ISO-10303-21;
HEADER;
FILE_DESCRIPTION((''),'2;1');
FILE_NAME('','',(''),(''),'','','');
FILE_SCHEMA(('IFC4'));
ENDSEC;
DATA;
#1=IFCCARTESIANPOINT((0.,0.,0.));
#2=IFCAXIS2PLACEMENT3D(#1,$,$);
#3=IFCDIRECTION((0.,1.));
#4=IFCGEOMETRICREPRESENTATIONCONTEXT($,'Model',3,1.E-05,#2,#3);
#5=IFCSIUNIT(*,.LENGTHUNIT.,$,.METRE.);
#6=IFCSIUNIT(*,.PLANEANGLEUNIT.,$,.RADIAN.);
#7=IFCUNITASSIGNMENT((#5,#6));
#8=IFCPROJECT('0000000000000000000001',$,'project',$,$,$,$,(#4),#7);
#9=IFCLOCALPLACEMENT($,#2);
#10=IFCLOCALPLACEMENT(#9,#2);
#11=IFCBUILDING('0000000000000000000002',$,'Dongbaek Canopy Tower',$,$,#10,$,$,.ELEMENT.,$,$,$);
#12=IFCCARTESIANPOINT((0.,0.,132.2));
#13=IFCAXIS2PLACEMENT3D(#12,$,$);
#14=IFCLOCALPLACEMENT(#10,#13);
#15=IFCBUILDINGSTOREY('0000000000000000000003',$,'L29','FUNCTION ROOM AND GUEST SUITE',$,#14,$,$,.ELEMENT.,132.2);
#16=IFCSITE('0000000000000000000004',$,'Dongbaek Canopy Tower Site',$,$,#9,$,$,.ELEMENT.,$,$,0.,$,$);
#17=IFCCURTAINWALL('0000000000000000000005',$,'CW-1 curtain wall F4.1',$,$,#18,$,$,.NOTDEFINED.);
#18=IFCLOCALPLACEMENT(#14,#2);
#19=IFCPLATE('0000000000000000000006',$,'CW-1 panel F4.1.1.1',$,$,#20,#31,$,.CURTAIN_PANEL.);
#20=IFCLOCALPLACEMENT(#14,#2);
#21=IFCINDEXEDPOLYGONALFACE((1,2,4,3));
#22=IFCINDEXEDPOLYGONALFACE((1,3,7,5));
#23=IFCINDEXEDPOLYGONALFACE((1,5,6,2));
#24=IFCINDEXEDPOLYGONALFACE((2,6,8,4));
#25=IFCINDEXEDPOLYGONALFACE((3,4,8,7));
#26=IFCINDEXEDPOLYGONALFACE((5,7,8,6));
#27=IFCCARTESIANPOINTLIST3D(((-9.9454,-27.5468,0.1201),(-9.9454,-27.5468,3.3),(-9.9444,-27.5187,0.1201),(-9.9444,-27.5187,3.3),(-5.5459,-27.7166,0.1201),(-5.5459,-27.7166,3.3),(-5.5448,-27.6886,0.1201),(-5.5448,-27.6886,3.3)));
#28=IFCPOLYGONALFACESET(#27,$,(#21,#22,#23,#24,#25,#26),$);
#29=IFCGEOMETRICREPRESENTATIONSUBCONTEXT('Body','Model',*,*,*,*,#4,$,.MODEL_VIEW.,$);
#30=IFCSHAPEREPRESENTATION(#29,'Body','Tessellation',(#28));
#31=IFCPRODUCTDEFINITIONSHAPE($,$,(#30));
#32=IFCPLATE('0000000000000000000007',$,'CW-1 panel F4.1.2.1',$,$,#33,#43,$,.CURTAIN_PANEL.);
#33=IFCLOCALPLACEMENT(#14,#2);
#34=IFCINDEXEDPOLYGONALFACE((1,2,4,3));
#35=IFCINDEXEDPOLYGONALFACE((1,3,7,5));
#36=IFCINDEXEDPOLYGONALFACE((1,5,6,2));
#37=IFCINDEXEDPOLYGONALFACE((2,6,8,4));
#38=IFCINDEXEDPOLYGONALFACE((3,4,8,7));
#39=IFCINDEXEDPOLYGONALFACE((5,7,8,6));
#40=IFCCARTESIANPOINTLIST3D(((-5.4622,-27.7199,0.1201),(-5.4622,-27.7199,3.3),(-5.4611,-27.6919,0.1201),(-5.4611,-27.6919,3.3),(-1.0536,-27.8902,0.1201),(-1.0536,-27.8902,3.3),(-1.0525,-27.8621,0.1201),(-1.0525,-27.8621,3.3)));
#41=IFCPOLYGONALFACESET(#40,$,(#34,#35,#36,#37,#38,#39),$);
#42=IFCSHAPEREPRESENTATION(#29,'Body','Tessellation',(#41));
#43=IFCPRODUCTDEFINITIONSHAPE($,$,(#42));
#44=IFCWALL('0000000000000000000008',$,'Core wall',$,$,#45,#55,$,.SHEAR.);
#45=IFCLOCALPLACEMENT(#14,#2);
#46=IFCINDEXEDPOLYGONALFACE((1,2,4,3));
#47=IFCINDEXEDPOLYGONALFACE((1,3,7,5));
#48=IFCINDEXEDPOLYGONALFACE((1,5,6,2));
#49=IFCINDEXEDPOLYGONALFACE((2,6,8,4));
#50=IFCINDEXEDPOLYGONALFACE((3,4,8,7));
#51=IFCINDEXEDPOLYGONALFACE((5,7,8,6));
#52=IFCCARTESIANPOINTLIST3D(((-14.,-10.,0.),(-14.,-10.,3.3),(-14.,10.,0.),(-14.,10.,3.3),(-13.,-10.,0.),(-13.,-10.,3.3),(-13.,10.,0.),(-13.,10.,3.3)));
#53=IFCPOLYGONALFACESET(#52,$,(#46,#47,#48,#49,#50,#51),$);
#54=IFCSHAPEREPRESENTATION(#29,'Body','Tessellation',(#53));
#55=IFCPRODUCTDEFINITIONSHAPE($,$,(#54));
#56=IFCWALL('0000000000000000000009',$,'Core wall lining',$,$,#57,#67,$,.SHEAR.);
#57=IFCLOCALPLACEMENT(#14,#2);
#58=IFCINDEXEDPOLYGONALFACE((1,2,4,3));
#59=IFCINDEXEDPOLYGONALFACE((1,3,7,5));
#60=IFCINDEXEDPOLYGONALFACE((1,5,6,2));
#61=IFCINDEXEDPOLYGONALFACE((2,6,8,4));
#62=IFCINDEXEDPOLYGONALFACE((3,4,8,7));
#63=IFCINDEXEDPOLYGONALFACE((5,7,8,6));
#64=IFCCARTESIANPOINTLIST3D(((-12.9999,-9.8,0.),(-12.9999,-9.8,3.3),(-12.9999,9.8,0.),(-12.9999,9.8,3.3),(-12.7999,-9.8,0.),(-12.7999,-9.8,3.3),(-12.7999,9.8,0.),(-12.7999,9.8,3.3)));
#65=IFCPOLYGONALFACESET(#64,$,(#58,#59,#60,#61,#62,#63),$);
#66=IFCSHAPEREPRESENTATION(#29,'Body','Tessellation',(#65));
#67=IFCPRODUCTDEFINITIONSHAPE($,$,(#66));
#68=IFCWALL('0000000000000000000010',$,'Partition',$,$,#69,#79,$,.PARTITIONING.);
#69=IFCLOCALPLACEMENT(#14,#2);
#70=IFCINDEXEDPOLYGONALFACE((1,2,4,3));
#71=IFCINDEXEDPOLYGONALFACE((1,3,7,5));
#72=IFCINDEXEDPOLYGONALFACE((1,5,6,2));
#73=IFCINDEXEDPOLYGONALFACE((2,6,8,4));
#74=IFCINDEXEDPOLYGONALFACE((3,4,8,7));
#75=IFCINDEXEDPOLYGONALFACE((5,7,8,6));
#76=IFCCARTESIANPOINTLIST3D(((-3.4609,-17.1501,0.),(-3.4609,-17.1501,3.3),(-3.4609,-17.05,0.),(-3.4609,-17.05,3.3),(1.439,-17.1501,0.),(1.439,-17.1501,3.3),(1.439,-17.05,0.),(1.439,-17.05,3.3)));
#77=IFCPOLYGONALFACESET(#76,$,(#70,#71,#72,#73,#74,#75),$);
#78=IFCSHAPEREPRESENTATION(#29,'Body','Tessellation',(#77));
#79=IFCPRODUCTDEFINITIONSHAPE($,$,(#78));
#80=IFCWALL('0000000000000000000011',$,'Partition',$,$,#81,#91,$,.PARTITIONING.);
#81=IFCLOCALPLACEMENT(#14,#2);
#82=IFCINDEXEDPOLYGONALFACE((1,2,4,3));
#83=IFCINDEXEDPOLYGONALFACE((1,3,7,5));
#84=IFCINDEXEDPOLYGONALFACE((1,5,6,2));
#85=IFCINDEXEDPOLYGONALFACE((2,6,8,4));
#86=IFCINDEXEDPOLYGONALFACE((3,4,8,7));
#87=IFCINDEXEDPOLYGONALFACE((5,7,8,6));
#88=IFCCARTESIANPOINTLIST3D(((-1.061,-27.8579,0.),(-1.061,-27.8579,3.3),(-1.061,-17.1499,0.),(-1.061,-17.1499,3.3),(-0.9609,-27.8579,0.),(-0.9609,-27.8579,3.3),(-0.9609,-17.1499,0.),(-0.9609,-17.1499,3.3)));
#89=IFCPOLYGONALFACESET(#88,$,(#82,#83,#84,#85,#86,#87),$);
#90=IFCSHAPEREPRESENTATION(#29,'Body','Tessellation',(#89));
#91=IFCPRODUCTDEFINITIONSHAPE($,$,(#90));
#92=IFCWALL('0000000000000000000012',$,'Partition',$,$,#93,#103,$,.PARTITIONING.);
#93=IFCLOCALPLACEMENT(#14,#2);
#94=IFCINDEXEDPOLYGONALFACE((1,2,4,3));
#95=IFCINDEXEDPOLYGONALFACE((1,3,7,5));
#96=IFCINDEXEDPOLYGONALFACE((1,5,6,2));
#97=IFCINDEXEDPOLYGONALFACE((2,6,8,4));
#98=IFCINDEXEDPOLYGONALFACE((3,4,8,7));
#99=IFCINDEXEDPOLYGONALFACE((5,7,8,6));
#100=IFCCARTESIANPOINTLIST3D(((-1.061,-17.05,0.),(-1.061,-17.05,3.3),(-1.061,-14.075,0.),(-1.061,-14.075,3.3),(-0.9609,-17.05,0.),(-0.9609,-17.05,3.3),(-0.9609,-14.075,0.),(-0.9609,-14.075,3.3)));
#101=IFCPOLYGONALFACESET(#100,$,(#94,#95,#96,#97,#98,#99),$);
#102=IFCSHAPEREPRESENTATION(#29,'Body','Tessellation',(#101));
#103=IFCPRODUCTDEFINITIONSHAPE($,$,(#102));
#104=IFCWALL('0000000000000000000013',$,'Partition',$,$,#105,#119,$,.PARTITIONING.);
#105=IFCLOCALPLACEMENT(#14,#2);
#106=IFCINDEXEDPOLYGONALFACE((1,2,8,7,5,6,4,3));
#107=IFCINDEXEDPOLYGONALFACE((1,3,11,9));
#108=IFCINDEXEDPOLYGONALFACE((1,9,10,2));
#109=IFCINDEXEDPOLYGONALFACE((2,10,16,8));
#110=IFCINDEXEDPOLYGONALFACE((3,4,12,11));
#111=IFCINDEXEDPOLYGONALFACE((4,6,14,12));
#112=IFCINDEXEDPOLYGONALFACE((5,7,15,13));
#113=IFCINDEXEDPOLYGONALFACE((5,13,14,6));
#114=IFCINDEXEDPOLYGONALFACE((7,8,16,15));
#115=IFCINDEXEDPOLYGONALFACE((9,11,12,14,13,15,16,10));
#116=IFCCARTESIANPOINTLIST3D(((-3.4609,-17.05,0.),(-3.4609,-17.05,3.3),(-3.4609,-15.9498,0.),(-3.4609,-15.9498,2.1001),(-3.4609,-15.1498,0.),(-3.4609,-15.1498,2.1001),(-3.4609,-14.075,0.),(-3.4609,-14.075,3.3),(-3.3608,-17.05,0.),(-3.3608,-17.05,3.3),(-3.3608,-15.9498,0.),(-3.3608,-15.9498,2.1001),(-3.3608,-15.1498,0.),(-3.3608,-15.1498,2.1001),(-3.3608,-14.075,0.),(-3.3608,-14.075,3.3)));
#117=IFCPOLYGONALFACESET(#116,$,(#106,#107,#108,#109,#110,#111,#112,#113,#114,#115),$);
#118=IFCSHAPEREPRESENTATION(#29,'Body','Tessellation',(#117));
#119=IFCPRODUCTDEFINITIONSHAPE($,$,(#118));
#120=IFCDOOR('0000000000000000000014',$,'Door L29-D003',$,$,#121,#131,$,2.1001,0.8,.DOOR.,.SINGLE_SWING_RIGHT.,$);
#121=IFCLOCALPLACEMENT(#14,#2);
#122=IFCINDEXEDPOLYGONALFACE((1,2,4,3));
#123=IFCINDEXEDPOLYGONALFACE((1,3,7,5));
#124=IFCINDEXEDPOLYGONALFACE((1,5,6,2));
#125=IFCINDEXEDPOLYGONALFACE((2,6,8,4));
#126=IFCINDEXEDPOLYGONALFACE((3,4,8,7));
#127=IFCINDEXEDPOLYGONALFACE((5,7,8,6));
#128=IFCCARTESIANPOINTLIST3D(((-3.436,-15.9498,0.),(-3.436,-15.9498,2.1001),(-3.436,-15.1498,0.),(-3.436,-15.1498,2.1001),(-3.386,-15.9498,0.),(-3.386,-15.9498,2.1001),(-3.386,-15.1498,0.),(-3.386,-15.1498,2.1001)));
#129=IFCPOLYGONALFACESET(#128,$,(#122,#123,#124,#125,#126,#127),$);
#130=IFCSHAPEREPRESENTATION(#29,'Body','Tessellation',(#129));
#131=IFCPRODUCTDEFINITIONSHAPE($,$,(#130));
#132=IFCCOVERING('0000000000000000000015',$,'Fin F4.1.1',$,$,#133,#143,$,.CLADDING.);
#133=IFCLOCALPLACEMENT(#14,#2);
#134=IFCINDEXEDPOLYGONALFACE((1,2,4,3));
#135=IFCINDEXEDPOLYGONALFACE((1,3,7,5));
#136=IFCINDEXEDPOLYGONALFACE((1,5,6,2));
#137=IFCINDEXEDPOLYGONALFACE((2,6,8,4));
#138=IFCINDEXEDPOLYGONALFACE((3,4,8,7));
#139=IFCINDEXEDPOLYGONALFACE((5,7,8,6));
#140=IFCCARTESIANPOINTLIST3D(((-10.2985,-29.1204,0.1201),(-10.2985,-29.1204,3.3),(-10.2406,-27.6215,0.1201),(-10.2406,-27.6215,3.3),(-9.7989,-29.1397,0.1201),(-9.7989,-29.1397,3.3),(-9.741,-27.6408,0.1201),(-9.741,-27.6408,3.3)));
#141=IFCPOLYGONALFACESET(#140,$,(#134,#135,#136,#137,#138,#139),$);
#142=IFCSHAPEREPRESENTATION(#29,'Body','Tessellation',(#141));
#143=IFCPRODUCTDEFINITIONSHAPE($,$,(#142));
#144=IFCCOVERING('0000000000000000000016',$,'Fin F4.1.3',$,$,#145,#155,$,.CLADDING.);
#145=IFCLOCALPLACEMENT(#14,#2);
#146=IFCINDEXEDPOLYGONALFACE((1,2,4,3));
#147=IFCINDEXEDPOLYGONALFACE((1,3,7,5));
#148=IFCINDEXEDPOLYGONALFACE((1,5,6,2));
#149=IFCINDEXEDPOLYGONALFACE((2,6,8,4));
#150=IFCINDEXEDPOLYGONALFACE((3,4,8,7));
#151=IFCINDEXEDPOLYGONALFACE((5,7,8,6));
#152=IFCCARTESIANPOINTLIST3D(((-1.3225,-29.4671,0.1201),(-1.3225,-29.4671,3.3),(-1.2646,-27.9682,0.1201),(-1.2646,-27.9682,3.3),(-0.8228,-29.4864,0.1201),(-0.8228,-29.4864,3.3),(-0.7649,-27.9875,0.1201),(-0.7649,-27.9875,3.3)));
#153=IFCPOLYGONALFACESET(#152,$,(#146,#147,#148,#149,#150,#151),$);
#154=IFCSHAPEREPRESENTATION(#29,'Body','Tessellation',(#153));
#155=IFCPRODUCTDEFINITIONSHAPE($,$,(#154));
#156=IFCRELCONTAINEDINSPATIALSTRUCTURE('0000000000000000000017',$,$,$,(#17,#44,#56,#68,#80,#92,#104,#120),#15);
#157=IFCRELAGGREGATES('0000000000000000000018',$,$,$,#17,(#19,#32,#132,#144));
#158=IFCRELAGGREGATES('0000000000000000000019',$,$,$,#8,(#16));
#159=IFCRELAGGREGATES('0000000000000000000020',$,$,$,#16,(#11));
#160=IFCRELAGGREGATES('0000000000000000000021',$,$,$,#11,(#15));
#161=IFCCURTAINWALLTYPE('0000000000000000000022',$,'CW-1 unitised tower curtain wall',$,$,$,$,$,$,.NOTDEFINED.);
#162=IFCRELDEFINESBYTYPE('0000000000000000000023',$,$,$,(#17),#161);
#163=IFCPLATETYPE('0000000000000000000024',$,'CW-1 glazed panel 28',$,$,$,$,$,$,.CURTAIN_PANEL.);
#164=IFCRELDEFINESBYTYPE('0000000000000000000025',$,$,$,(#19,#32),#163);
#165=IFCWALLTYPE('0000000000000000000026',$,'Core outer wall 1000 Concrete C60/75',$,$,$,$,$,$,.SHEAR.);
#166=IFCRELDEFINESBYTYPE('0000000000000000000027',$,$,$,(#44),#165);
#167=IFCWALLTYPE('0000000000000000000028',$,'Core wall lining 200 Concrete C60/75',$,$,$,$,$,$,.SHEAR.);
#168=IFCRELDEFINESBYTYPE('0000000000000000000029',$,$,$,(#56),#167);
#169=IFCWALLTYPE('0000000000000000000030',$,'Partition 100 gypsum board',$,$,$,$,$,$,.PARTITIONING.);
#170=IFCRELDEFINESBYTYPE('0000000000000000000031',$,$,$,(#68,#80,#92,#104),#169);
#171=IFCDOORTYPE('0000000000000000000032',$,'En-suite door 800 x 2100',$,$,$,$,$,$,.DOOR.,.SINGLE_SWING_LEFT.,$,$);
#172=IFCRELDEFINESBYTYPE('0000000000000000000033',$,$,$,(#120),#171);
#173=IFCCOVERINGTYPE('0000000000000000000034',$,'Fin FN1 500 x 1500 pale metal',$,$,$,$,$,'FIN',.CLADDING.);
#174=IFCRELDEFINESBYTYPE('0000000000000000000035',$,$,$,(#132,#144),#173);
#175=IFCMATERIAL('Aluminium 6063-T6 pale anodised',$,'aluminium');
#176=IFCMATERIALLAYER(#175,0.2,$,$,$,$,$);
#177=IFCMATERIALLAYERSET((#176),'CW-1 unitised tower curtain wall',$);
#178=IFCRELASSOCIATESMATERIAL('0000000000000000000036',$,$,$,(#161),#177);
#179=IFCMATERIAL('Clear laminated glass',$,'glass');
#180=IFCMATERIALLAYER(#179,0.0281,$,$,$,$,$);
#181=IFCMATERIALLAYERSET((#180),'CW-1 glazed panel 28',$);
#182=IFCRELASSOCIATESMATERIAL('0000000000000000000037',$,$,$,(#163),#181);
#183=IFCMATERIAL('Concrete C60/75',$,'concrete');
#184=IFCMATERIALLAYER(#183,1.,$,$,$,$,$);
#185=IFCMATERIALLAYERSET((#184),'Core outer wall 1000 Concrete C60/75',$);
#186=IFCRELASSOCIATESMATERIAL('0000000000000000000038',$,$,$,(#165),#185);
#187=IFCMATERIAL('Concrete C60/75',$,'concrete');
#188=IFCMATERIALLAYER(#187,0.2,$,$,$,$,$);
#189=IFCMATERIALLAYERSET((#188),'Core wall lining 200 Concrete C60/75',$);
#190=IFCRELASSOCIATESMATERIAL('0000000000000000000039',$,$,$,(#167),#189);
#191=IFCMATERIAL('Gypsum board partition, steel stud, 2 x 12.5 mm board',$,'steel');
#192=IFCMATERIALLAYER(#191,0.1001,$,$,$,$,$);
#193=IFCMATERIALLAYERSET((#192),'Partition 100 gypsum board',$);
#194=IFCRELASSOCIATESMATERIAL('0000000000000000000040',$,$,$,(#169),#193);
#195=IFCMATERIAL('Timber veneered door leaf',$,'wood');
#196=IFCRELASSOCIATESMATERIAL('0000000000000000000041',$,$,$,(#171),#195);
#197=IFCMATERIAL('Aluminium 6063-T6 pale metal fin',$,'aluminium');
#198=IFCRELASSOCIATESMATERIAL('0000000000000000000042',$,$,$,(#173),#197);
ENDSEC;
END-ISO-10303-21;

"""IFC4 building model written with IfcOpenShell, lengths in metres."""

from ifc_helpers import new_model, si_unit, direction, frame, frame_2d, origin, origin_2d, place, context, subcontext, project, spatial, rectangle, extrude, material, layer, layer_set, material_profile, profile_set, type_object, element, fill, aggregate, save


model = new_model("IFC4")

# Units and contexts
model_context = context("Model", 3, precision=1e-05, world=origin(), true_north=direction((0.0, 1.0)))
body_context = subcontext(model_context, "Body", "Model", "MODEL_VIEW")
ifc_project = project(units=[si_unit("LENGTHUNIT", "METRE"), si_unit("PLANEANGLEUNIT", "RADIAN")], contexts=[model_context])

# Site, building, storey
site_placement = place(None, origin())
site = spatial("IfcSite", under=ifc_project, at=site_placement, Name="Dongbaek Canopy Tower Site", CompositionType="ELEMENT", RefElevation=0.0)
building_placement = place(site_placement, origin())
building = spatial("IfcBuilding", under=site, at=building_placement, Name="Dongbaek Canopy Tower", CompositionType="ELEMENT")
storey_placement = place(building_placement, frame((0.0, 0.0, 132.2)))
storey = spatial("IfcBuildingStorey", under=building, at=storey_placement, Name="L29", Description="FUNCTION ROOM AND GUEST SUITE", CompositionType="ELEMENT", Elevation=132.2)

# Curtain wall
ifc_material_1 = material(Name="Aluminium 6063-T6 pale anodised", Category="aluminium")
ifc_layer_1 = layer(ifc_material_1, 0.2)
ifc_layer_set_1 = layer_set([ifc_layer_1], Name="CW-1 unitised tower curtain wall")
curtain_wall_type = type_object("IfcCurtainWallType", Name="CW-1 unitised tower curtain wall", PredefinedType="NOTDEFINED", material=ifc_layer_set_1)
curtain_wall_1_placement = place(storey_placement, origin())
curtain_wall_1 = element("IfcCurtainWall", 1, at=curtain_wall_1_placement, inside=storey, type_object=curtain_wall_type, Name="CW-1 curtain wall F4.1", PredefinedType="NOTDEFINED")

# Plates
ifc_material_2 = material(Name="Clear laminated glass", Category="glass")
ifc_layer_2 = layer(ifc_material_2, 0.0281)
ifc_layer_set_2 = layer_set([ifc_layer_2], Name="CW-1 glazed panel 28")
plate_type = type_object("IfcPlateType", Name="CW-1 glazed panel 28", PredefinedType="CURTAIN_PANEL", material=ifc_layer_set_2)
plate_1_placement = place(storey_placement, frame((-7.7451, -27.6177, 0.1201), z_axis=(0.0, 0.0, 1.0), x_axis=(0.999255, -0.038587, 0.0)))
plate_1 = element("IfcPlate", 2, at=plate_1_placement, type_object=plate_type, Name="CW-1 panel F4.1.1.1", PredefinedType="CURTAIN_PANEL", context=body_context, shape_type="SweptSolid", body=[
    extrude(rectangle(XDim=4.4028, YDim=0.0281, at=origin_2d()), origin(), (0.0, 0.0, 1.0), 3.1799),
])
plate_2_placement = place(storey_placement, frame((-3.2573, -27.791, 0.1201), z_axis=(0.0, 0.0, 1.0), x_axis=(0.999255, -0.038587, 0.0)))
plate_2 = element("IfcPlate", 3, at=plate_2_placement, type_object=plate_type, Name="CW-1 panel F4.1.2.1", PredefinedType="CURTAIN_PANEL", context=body_context, shape_type="SweptSolid", body=[
    extrude(rectangle(XDim=4.4119, YDim=0.0281, at=origin_2d()), origin(), (0.0, 0.0, 1.0), 3.1799),
])

# Walls
ifc_material_3 = material(Name="Concrete C60/75", Category="concrete")
ifc_layer_3 = layer(ifc_material_3, 1.0)
ifc_layer_set_3 = layer_set([ifc_layer_3], Name="Core outer wall 1000 Concrete C60/75")
wall_type_1 = type_object("IfcWallType", Name="Core outer wall 1000 Concrete C60/75", PredefinedType="SHEAR", material=ifc_layer_set_3)
wall_1_placement = place(storey_placement, frame((-13.5, -10.0, 0.0), z_axis=(0.0, 0.0, 1.0), x_axis=(0.0, 1.0, 0.0)))
element("IfcWall", 4, at=wall_1_placement, inside=storey, type_object=wall_type_1, Name="Core wall", PredefinedType="SHEAR", context=body_context, shape_type="SweptSolid", body=[
    extrude(rectangle(XDim=20.0, YDim=1.0, at=frame_2d((10.0, 0.0))), origin(), (0.0, 0.0, 1.0), 3.3),
])
ifc_material_4 = material(Name="Concrete C60/75", Category="concrete")
ifc_layer_4 = layer(ifc_material_4, 0.2)
ifc_layer_set_4 = layer_set([ifc_layer_4], Name="Core wall lining 200 Concrete C60/75")
wall_type_2 = type_object("IfcWallType", Name="Core wall lining 200 Concrete C60/75", PredefinedType="SHEAR", material=ifc_layer_set_4)
wall_2_placement = place(storey_placement, frame((-12.8999, -9.8, 0.0), z_axis=(0.0, 0.0, 1.0), x_axis=(0.0, 1.0, 0.0)))
element("IfcWall", 5, at=wall_2_placement, inside=storey, type_object=wall_type_2, Name="Core wall lining", PredefinedType="SHEAR", context=body_context, shape_type="SweptSolid", body=[
    extrude(rectangle(XDim=19.6001, YDim=0.2, at=frame_2d((9.8, 0.0))), origin(), (0.0, 0.0, 1.0), 3.3),
])
ifc_material_5 = material(Name="Gypsum board partition, steel stud, 2 x 12.5 mm board", Category="steel")
ifc_layer_5 = layer(ifc_material_5, 0.1001)
ifc_layer_set_5 = layer_set([ifc_layer_5], Name="Partition 100 gypsum board")
wall_type_3 = type_object("IfcWallType", Name="Partition 100 gypsum board", PredefinedType="PARTITIONING", material=ifc_layer_set_5)
wall_3_placement = place(storey_placement, frame((-3.4609, -17.1001, 0.0), z_axis=(0.0, 0.0, 1.0), x_axis=(1.0, 0.0, 0.0)))
element("IfcWall", 6, at=wall_3_placement, inside=storey, type_object=wall_type_3, Name="Partition", PredefinedType="PARTITIONING", context=body_context, shape_type="SweptSolid", body=[
    extrude(rectangle(XDim=4.8999, YDim=0.1001, at=frame_2d((2.45, 0.0))), origin(), (0.0, 0.0, 1.0), 3.3),
])
wall_4_placement = place(storey_placement, frame((-1.011, -27.8579, 0.0), z_axis=(0.0, 0.0, 1.0), x_axis=(0.0, 1.0, 0.0)))
element("IfcWall", 7, at=wall_4_placement, inside=storey, type_object=wall_type_3, Name="Partition", PredefinedType="PARTITIONING", context=body_context, shape_type="SweptSolid", body=[
    extrude(rectangle(XDim=10.708, YDim=0.1001, at=frame_2d((5.354, 0.0))), origin(), (0.0, 0.0, 1.0), 3.3),
])
wall_5_placement = place(storey_placement, frame((-1.011, -17.05, 0.0), z_axis=(0.0, 0.0, 1.0), x_axis=(0.0, 1.0, 0.0)))
element("IfcWall", 8, at=wall_5_placement, inside=storey, type_object=wall_type_3, Name="Partition", PredefinedType="PARTITIONING", context=body_context, shape_type="SweptSolid", body=[
    extrude(rectangle(XDim=2.9751, YDim=0.1001, at=frame_2d((1.4875, 0.0))), origin(), (0.0, 0.0, 1.0), 3.3),
])

# Wall, opening, door
wall_6_placement = place(storey_placement, frame((-3.4109, -14.075, 0.0), z_axis=(0.0, 0.0, 1.0), x_axis=(0.0, -1.0, 0.0)))
wall_6 = element("IfcWall", 9, at=wall_6_placement, inside=storey, type_object=wall_type_3, Name="Partition", PredefinedType="PARTITIONING", context=body_context, shape_type="SweptSolid", body=[
    extrude(rectangle(XDim=2.9751, YDim=0.1001, at=frame_2d((1.4875, 0.0))), origin(), (0.0, 0.0, 1.0), 3.3),
])
opening_placement = place(wall_6_placement, frame((1.075, 0.0, 0.0)))
opening = element("IfcOpeningElement", 10, at=opening_placement, cuts=wall_6, PredefinedType="OPENING", context=body_context, shape_type="SweptSolid", body=[
    extrude(rectangle(XDim=0.8, YDim=2.1001, at=frame_2d((0.3999, 1.05))), frame((0.0, 0.0601, 0.0), z_axis=(0.0, -1.0, 0.0), x_axis=(1.0, 0.0, 0.0)), (0.0, 0.0, 1.0), 0.1201),
])
ifc_material_6 = material(Name="Timber veneered door leaf", Category="wood")
door_type = type_object("IfcDoorType", Name="En-suite door 800 x 2100", OperationType="SINGLE_SWING_LEFT", PredefinedType="DOOR", material=ifc_material_6)
door_placement = place(opening_placement, origin())
door = element("IfcDoor", 11, at=door_placement, inside=storey, type_object=door_type, Name="Door L29-D003", OperationType="SINGLE_SWING_RIGHT", OverallHeight=2.1001, OverallWidth=0.8, PredefinedType="DOOR", context=body_context, shape_type="SweptSolid", body=[
    extrude(rectangle(XDim=0.8, YDim=2.1001, at=frame_2d((0.3999, 1.05))), frame((0.0, 0.0249, 0.0), z_axis=(0.0, -1.0, 0.0), x_axis=(1.0, 0.0, 0.0)), (0.0, 0.0, 1.0), 0.05),
])
fill(opening, door)

# Coverings
ifc_material_7 = material(Name="Aluminium 6063-T6 pale metal fin", Category="aluminium")
ifc_material_profile_1 = material_profile(ifc_material_7, rectangle(XDim=1.5, YDim=0.5, at=origin_2d()), Name="Fin FN1 500 x 1500 pale metal")
ifc_profile_set_1 = profile_set([ifc_material_profile_1], Name="Aluminium 6063-T6 pale metal fin")
covering_type = type_object("IfcCoveringType", Name="Fin FN1 500 x 1500 pale metal", ElementType="FIN", PredefinedType="CLADDING", material=ifc_profile_set_1)
covering_1_placement = place(storey_placement, frame((-10.0198, -28.3806, 0.1201), z_axis=(0.0, 0.0, 1.0), x_axis=(-0.038587, -0.999255, 0.0)))
covering_1 = element("IfcCovering", 12, at=covering_1_placement, type_object=covering_type, Name="Fin F4.1.1", PredefinedType="CLADDING", context=body_context, shape_type="SweptSolid", body=[
    extrude(rectangle(XDim=1.5, YDim=0.5, at=origin_2d()), origin(), (0.0, 0.0, 1.0), 3.1799),
])
covering_2_placement = place(storey_placement, frame((-1.0437, -28.7273, 0.1201), z_axis=(0.0, 0.0, 1.0), x_axis=(-0.038587, -0.999255, 0.0)))
covering_2 = element("IfcCovering", 13, at=covering_2_placement, type_object=covering_type, Name="Fin F4.1.3", PredefinedType="CLADDING", context=body_context, shape_type="SweptSolid", body=[
    extrude(rectangle(XDim=1.5, YDim=0.5, at=origin_2d()), origin(), (0.0, 0.0, 1.0), 3.1799),
])
aggregate(curtain_wall_1, [plate_1, plate_2, covering_1, covering_2])

save(model, "model.ifc")
